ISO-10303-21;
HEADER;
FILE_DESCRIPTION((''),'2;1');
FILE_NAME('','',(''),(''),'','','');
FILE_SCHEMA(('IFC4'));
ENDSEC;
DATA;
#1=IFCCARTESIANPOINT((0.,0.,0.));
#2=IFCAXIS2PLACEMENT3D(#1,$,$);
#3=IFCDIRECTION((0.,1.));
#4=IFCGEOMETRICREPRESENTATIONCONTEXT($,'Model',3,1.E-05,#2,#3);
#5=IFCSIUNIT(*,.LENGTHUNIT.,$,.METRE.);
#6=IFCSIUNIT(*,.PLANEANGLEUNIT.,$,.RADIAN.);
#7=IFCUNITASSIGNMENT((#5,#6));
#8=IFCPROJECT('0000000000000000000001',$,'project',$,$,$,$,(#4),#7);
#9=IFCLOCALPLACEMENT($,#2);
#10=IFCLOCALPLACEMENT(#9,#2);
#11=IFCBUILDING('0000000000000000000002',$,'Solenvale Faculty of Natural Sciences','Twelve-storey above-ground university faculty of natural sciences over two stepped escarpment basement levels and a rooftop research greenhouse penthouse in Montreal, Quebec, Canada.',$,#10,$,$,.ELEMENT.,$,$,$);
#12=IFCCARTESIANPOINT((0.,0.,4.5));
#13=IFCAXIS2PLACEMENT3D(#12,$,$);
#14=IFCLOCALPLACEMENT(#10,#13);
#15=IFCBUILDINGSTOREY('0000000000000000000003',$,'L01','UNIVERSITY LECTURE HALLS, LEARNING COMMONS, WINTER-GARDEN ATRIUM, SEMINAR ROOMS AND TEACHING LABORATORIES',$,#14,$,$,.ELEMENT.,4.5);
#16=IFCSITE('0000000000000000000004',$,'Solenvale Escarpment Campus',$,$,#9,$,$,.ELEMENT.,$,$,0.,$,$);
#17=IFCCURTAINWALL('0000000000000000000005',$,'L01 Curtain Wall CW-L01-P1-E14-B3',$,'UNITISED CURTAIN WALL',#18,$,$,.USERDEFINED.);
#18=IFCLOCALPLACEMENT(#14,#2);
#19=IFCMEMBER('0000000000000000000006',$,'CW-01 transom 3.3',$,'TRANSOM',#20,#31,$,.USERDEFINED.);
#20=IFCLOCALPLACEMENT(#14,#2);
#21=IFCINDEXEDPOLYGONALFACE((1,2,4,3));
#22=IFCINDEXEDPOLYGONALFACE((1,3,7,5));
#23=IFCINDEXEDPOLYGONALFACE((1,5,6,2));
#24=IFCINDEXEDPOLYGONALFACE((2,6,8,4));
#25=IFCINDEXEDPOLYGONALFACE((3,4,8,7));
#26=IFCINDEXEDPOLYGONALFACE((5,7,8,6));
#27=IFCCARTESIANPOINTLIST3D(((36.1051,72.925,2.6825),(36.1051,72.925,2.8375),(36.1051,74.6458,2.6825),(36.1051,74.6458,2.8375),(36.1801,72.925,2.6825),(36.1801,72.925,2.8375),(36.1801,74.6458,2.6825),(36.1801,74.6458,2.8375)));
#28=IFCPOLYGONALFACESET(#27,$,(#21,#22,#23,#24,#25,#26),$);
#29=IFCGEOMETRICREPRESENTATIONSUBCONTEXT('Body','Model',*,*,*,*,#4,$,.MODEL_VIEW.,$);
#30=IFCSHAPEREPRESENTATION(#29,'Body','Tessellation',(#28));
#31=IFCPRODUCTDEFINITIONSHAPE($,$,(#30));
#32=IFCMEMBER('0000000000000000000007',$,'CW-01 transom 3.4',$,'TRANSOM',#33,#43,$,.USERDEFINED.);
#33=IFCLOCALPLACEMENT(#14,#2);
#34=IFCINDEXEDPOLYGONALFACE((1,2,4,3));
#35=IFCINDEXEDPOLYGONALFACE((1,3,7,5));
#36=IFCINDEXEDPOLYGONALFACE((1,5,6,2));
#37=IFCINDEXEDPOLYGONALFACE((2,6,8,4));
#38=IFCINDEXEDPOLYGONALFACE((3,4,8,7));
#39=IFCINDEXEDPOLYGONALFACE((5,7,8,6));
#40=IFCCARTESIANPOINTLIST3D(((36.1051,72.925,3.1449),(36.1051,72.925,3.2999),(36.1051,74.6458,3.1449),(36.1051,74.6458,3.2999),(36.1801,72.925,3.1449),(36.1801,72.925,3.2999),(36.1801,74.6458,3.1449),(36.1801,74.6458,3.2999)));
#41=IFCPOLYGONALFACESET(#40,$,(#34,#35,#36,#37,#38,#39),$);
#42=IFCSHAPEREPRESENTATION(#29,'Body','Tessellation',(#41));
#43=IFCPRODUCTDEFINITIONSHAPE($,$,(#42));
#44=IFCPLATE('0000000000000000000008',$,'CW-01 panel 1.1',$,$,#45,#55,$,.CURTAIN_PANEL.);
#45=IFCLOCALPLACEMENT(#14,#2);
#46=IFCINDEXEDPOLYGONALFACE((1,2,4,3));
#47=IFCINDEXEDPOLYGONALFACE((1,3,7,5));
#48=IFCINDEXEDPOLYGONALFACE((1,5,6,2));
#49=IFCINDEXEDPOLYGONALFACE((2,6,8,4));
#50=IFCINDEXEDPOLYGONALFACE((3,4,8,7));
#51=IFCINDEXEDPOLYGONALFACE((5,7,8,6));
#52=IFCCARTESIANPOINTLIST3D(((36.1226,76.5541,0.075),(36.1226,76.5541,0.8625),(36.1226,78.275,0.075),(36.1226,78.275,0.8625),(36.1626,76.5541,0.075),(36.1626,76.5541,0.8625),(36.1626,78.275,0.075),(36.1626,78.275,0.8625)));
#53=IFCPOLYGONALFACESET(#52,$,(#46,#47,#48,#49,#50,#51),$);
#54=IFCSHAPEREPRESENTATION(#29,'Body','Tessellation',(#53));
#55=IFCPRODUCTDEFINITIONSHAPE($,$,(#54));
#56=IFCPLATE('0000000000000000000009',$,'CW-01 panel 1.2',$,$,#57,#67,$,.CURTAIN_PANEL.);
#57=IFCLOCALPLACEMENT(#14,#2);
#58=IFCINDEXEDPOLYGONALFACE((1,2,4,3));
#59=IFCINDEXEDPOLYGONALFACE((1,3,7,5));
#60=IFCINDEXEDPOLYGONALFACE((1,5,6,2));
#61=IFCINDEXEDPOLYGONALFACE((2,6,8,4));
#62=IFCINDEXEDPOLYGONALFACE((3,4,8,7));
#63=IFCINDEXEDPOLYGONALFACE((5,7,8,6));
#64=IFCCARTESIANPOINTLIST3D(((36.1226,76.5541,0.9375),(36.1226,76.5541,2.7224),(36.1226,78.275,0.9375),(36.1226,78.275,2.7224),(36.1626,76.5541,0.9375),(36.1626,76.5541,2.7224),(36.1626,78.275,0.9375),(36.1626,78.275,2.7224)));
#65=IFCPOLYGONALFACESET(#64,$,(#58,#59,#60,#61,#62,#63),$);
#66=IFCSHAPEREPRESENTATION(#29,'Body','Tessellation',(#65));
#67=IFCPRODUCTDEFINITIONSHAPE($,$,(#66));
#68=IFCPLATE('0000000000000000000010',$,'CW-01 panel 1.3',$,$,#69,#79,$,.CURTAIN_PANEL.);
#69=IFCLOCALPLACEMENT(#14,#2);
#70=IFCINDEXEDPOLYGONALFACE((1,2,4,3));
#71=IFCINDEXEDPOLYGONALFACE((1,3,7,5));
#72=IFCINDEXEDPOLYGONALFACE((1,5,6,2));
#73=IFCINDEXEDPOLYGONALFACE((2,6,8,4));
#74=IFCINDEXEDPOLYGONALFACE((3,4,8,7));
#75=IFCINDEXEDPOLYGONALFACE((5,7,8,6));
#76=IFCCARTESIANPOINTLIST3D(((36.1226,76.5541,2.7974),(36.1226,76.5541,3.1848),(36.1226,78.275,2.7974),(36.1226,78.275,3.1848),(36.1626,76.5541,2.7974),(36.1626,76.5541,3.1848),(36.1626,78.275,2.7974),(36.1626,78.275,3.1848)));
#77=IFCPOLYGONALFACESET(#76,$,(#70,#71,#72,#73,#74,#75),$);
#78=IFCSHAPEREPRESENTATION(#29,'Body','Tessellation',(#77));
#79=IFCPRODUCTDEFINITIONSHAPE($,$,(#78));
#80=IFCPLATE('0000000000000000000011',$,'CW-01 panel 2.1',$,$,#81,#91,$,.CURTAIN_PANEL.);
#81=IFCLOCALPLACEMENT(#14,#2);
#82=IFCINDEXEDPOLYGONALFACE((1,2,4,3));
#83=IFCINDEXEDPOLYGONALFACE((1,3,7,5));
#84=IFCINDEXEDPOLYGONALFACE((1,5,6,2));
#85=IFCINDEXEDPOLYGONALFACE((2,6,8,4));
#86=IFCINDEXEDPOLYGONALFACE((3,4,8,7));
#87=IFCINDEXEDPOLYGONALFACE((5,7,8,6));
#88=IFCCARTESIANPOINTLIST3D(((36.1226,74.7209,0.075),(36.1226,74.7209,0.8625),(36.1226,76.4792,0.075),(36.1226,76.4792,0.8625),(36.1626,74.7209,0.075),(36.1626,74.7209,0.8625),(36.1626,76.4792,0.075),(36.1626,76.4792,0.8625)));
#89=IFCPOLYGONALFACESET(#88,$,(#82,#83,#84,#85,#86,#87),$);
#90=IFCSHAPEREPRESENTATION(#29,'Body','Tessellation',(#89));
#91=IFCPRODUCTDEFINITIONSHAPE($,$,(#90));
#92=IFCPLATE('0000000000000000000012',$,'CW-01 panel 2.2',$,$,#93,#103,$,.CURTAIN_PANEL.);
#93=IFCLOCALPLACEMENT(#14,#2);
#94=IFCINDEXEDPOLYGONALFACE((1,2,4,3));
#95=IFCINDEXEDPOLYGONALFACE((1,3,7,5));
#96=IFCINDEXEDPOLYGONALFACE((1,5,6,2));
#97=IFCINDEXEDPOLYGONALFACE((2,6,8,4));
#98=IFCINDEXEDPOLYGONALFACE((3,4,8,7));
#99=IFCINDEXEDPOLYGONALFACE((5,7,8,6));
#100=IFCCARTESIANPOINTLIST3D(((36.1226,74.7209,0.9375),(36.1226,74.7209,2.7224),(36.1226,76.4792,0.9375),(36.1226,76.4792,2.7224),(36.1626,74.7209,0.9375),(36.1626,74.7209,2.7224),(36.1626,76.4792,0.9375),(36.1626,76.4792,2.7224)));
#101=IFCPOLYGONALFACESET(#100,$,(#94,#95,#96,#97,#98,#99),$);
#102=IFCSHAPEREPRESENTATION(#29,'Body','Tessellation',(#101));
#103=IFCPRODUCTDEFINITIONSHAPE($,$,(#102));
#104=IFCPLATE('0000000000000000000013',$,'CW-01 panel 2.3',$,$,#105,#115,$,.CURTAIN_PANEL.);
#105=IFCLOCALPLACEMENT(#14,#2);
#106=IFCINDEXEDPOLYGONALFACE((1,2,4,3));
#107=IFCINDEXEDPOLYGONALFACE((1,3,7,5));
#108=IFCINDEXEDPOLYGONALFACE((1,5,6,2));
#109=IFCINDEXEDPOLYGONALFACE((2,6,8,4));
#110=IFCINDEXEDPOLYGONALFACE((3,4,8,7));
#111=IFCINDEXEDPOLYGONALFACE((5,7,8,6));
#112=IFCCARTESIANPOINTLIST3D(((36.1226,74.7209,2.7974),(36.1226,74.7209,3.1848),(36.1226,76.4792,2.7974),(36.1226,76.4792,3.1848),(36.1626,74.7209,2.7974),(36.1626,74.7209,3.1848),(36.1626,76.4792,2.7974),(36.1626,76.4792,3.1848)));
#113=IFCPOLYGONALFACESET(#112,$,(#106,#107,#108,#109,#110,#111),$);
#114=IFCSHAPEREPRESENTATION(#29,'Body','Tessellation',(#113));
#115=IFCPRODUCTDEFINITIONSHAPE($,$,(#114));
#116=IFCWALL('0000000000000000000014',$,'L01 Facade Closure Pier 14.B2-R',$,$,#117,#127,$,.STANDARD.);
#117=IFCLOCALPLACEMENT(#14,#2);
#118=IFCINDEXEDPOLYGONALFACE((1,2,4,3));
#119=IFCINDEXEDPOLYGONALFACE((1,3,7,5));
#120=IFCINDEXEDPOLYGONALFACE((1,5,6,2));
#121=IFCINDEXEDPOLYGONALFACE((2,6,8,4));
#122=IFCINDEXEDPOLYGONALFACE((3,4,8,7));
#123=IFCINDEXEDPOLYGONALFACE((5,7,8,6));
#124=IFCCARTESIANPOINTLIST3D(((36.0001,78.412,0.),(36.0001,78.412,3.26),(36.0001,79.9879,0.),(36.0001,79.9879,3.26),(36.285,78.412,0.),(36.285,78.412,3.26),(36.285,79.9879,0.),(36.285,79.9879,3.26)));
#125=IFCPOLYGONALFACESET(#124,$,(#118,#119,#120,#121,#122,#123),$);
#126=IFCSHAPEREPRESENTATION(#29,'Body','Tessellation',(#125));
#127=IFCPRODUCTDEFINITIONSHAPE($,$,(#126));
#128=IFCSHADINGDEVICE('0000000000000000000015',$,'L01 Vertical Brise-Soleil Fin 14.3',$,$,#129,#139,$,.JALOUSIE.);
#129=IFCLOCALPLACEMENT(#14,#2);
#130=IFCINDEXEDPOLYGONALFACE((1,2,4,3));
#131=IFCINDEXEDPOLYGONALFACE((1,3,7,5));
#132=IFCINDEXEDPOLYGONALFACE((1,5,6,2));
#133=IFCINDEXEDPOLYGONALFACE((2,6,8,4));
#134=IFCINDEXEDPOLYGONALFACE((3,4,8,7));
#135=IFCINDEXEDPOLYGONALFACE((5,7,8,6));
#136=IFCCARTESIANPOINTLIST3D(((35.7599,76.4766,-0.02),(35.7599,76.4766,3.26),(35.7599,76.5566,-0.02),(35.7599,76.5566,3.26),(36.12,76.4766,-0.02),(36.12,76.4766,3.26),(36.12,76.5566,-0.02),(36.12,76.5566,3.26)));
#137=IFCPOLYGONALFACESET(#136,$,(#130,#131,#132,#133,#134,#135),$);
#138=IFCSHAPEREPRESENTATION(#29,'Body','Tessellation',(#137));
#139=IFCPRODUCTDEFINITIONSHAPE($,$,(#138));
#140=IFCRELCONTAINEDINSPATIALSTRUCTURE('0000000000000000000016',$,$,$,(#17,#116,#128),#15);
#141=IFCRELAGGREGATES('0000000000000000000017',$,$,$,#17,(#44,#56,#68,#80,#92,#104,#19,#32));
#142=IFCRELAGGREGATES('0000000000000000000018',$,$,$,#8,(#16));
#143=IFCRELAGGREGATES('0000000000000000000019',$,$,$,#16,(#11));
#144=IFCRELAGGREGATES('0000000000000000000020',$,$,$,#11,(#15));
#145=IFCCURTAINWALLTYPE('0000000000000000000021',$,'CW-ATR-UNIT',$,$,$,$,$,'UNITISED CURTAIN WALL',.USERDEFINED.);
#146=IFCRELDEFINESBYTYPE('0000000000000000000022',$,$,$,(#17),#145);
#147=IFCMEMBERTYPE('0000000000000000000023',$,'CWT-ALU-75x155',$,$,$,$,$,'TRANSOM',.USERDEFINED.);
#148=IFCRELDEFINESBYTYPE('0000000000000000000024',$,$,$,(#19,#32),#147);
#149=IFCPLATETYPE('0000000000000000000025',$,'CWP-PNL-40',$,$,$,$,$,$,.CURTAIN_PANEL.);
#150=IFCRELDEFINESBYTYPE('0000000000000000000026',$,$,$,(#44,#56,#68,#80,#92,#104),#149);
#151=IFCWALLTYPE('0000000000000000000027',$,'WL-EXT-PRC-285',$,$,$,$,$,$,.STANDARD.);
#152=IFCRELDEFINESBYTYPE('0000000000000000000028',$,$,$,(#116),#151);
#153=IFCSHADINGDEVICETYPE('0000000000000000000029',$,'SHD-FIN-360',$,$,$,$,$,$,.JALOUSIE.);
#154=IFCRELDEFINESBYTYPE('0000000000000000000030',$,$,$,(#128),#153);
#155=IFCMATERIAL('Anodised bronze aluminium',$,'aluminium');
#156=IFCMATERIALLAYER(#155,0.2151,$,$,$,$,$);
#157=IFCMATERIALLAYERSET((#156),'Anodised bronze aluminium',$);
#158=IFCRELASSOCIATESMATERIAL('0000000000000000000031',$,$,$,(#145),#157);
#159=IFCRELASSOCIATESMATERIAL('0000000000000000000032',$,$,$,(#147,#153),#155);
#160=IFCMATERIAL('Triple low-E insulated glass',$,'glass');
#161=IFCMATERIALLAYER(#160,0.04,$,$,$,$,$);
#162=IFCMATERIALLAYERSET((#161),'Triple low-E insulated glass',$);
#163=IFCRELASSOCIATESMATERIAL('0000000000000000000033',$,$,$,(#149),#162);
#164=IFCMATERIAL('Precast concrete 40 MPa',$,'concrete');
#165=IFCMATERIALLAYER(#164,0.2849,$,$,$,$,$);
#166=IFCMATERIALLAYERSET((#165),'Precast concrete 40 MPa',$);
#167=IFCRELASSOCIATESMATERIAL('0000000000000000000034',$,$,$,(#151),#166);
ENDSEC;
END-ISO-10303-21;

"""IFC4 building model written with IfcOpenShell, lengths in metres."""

from ifc_helpers import new_model, si_unit, direction, frame, frame_2d, origin, origin_2d, place, context, subcontext, project, spatial, rectangle, extrude, material, layer, layer_set, material_profile, profile_set, type_object, element, aggregate, save


model = new_model("IFC4")

# Units and contexts
model_context = context("Model", 3, precision=1e-05, world=origin(), true_north=direction((0.0, 1.0)))
body_context = subcontext(model_context, "Body", "Model", "MODEL_VIEW")
ifc_project = project(units=[si_unit("LENGTHUNIT", "METRE"), si_unit("PLANEANGLEUNIT", "RADIAN")], contexts=[model_context])

# Site, building, storey
site_placement = place(None, origin())
site = spatial("IfcSite", under=ifc_project, at=site_placement, Name="Solenvale Escarpment Campus", CompositionType="ELEMENT", RefElevation=0.0)
building_placement = place(site_placement, origin())
building = spatial("IfcBuilding", under=site, at=building_placement, Name="Solenvale Faculty of Natural Sciences", Description="Twelve-storey above-ground university faculty of natural sciences over two stepped escarpment basement levels and a rooftop research greenhouse penthouse in Montreal, Quebec, Canada.", CompositionType="ELEMENT")
storey_placement = place(building_placement, frame((0.0, 0.0, 4.5)))
storey = spatial("IfcBuildingStorey", under=building, at=storey_placement, Name="L01", Description="UNIVERSITY LECTURE HALLS, LEARNING COMMONS, WINTER-GARDEN ATRIUM, SEMINAR ROOMS AND TEACHING LABORATORIES", CompositionType="ELEMENT", Elevation=4.5)

# Curtain wall, members, plates
ifc_material_1 = material(Name="Anodised bronze aluminium", Category="aluminium")
ifc_layer_1 = layer(ifc_material_1, 0.2151)
ifc_layer_set_1 = layer_set([ifc_layer_1], Name="Anodised bronze aluminium")
curtain_wall_type = type_object("IfcCurtainWallType", Name="CW-ATR-UNIT", ElementType="UNITISED CURTAIN WALL", PredefinedType="USERDEFINED", material=ifc_layer_set_1)
curtain_wall_placement = place(storey_placement, origin())
curtain_wall = element("IfcCurtainWall", 1, at=curtain_wall_placement, inside=storey, type_object=curtain_wall_type, Name="L01 Curtain Wall CW-L01-P1-E14-B3", ObjectType="UNITISED CURTAIN WALL", PredefinedType="USERDEFINED")
ifc_material_profile_1 = material_profile(ifc_material_1, rectangle(XDim=0.075, YDim=0.155, at=origin_2d()), Name="ALU-TRN-75x155")
ifc_profile_set_1 = profile_set([ifc_material_profile_1], Name="Anodised bronze aluminium")
member_type_1 = type_object("IfcMemberType", Name="CWT-ALU-75x155", ElementType="TRANSOM", PredefinedType="USERDEFINED", material=ifc_profile_set_1)
member_1_placement = place(storey_placement, frame((36.1426, 74.6458, 2.76), z_axis=(0.0, -1.0, 0.0), x_axis=(1.0, 0.0, 0.0)))
member_1 = element("IfcMember", 2, at=member_1_placement, type_object=member_type_1, Name="CW-01 transom 3.3", ObjectType="TRANSOM", PredefinedType="USERDEFINED", context=body_context, shape_type="SweptSolid", body=[
    extrude(rectangle(XDim=0.075, YDim=0.155, at=origin_2d()), origin(), (0.0, 0.0, 1.0), 1.7207),
])
member_2_placement = place(storey_placement, frame((36.1426, 74.6458, 3.2224), z_axis=(0.0, -1.0, 0.0), x_axis=(1.0, 0.0, 0.0)))
member_2 = element("IfcMember", 3, at=member_2_placement, type_object=member_type_1, Name="CW-01 transom 3.4", ObjectType="TRANSOM", PredefinedType="USERDEFINED", context=body_context, shape_type="SweptSolid", body=[
    extrude(rectangle(XDim=0.075, YDim=0.155, at=origin_2d()), origin(), (0.0, 0.0, 1.0), 1.7207),
])
ifc_material_2 = material(Name="Triple low-E insulated glass", Category="glass")
ifc_layer_2 = layer(ifc_material_2, 0.04)
ifc_layer_set_2 = layer_set([ifc_layer_2], Name="Triple low-E insulated glass")
plate_type = type_object("IfcPlateType", Name="CWP-PNL-40", PredefinedType="CURTAIN_PANEL", material=ifc_layer_set_2)
plate_1_placement = place(storey_placement, frame((36.1426, 77.4146, 0.075), z_axis=(0.0, 0.0, 1.0), x_axis=(0.0, -1.0, 0.0)))
plate_1 = element("IfcPlate", 4, at=plate_1_placement, type_object=plate_type, Name="CW-01 panel 1.1", PredefinedType="CURTAIN_PANEL", context=body_context, shape_type="SweptSolid", body=[
    extrude(rectangle(XDim=1.7209, YDim=0.04, at=origin_2d()), origin(), (0.0, 0.0, 1.0), 0.7876),
])
plate_2_placement = place(storey_placement, frame((36.1426, 77.4146, 0.9375), z_axis=(0.0, 0.0, 1.0), x_axis=(0.0, -1.0, 0.0)))
plate_2 = element("IfcPlate", 5, at=plate_2_placement, type_object=plate_type, Name="CW-01 panel 1.2", PredefinedType="CURTAIN_PANEL", context=body_context, shape_type="SweptSolid", body=[
    extrude(rectangle(XDim=1.7209, YDim=0.04, at=origin_2d()), origin(), (0.0, 0.0, 1.0), 1.7849),
])
plate_3_placement = place(storey_placement, frame((36.1426, 77.4146, 2.7974), z_axis=(0.0, 0.0, 1.0), x_axis=(0.0, -1.0, 0.0)))
plate_3 = element("IfcPlate", 6, at=plate_3_placement, type_object=plate_type, Name="CW-01 panel 1.3", PredefinedType="CURTAIN_PANEL", context=body_context, shape_type="SweptSolid", body=[
    extrude(rectangle(XDim=1.7209, YDim=0.04, at=origin_2d()), origin(), (0.0, 0.0, 1.0), 0.3875),
])
plate_4_placement = place(storey_placement, frame((36.1426, 75.6001, 0.075), z_axis=(0.0, 0.0, 1.0), x_axis=(0.0, -1.0, 0.0)))
plate_4 = element("IfcPlate", 7, at=plate_4_placement, type_object=plate_type, Name="CW-01 panel 2.1", PredefinedType="CURTAIN_PANEL", context=body_context, shape_type="SweptSolid", body=[
    extrude(rectangle(XDim=1.7583, YDim=0.04, at=origin_2d()), origin(), (0.0, 0.0, 1.0), 0.7876),
])
plate_5_placement = place(storey_placement, frame((36.1426, 75.6001, 0.9375), z_axis=(0.0, 0.0, 1.0), x_axis=(0.0, -1.0, 0.0)))
plate_5 = element("IfcPlate", 8, at=plate_5_placement, type_object=plate_type, Name="CW-01 panel 2.2", PredefinedType="CURTAIN_PANEL", context=body_context, shape_type="SweptSolid", body=[
    extrude(rectangle(XDim=1.7583, YDim=0.04, at=origin_2d()), origin(), (0.0, 0.0, 1.0), 1.7849),
])
plate_6_placement = place(storey_placement, frame((36.1426, 75.6001, 2.7974), z_axis=(0.0, 0.0, 1.0), x_axis=(0.0, -1.0, 0.0)))
plate_6 = element("IfcPlate", 9, at=plate_6_placement, type_object=plate_type, Name="CW-01 panel 2.3", PredefinedType="CURTAIN_PANEL", context=body_context, shape_type="SweptSolid", body=[
    extrude(rectangle(XDim=1.7583, YDim=0.04, at=origin_2d()), origin(), (0.0, 0.0, 1.0), 0.3875),
])
aggregate(curtain_wall, [plate_1, plate_2, plate_3, plate_4, plate_5, plate_6, member_1, member_2])

# Wall
ifc_material_3 = material(Name="Precast concrete 40 MPa", Category="concrete")
ifc_layer_3 = layer(ifc_material_3, 0.2849)
ifc_layer_set_3 = layer_set([ifc_layer_3], Name="Precast concrete 40 MPa")
wall_type = type_object("IfcWallType", Name="WL-EXT-PRC-285", PredefinedType="STANDARD", material=ifc_layer_set_3)
wall_placement = place(storey_placement, frame((36.1426, 79.988, 0.0), z_axis=(0.0, 0.0, 1.0), x_axis=(0.0, -1.0, 0.0)))
element("IfcWall", 10, at=wall_placement, inside=storey, type_object=wall_type, Name="L01 Facade Closure Pier 14.B2-R", PredefinedType="STANDARD", context=body_context, shape_type="SweptSolid", body=[
    extrude(rectangle(XDim=1.5759, YDim=0.2849, at=frame_2d((0.7881, 0.0))), origin(), (0.0, 0.0, 1.0), 3.26),
])

# Shading device
ifc_material_profile_2 = material_profile(ifc_material_1, rectangle(XDim=0.0801, YDim=0.3601, at=origin_2d()), Name="ALU-FIN-80x360")
ifc_profile_set_2 = profile_set([ifc_material_profile_2], Name="Anodised bronze aluminium")
shading_device_type = type_object("IfcShadingDeviceType", Name="SHD-FIN-360", PredefinedType="JALOUSIE", material=ifc_profile_set_2)
shading_device_placement = place(storey_placement, frame((35.9399, 76.5166, -0.02), z_axis=(0.0, 0.0, 1.0), x_axis=(0.0, 1.0, 0.0)))
element("IfcShadingDevice", 11, at=shading_device_placement, inside=storey, type_object=shading_device_type, Name="L01 Vertical Brise-Soleil Fin 14.3", PredefinedType="JALOUSIE", context=body_context, shape_type="SweptSolid", body=[
    extrude(rectangle(XDim=0.0801, YDim=0.3601, at=origin_2d()), origin(), (0.0, 0.0, 1.0), 3.28),
])

save(model, "model.ifc")
